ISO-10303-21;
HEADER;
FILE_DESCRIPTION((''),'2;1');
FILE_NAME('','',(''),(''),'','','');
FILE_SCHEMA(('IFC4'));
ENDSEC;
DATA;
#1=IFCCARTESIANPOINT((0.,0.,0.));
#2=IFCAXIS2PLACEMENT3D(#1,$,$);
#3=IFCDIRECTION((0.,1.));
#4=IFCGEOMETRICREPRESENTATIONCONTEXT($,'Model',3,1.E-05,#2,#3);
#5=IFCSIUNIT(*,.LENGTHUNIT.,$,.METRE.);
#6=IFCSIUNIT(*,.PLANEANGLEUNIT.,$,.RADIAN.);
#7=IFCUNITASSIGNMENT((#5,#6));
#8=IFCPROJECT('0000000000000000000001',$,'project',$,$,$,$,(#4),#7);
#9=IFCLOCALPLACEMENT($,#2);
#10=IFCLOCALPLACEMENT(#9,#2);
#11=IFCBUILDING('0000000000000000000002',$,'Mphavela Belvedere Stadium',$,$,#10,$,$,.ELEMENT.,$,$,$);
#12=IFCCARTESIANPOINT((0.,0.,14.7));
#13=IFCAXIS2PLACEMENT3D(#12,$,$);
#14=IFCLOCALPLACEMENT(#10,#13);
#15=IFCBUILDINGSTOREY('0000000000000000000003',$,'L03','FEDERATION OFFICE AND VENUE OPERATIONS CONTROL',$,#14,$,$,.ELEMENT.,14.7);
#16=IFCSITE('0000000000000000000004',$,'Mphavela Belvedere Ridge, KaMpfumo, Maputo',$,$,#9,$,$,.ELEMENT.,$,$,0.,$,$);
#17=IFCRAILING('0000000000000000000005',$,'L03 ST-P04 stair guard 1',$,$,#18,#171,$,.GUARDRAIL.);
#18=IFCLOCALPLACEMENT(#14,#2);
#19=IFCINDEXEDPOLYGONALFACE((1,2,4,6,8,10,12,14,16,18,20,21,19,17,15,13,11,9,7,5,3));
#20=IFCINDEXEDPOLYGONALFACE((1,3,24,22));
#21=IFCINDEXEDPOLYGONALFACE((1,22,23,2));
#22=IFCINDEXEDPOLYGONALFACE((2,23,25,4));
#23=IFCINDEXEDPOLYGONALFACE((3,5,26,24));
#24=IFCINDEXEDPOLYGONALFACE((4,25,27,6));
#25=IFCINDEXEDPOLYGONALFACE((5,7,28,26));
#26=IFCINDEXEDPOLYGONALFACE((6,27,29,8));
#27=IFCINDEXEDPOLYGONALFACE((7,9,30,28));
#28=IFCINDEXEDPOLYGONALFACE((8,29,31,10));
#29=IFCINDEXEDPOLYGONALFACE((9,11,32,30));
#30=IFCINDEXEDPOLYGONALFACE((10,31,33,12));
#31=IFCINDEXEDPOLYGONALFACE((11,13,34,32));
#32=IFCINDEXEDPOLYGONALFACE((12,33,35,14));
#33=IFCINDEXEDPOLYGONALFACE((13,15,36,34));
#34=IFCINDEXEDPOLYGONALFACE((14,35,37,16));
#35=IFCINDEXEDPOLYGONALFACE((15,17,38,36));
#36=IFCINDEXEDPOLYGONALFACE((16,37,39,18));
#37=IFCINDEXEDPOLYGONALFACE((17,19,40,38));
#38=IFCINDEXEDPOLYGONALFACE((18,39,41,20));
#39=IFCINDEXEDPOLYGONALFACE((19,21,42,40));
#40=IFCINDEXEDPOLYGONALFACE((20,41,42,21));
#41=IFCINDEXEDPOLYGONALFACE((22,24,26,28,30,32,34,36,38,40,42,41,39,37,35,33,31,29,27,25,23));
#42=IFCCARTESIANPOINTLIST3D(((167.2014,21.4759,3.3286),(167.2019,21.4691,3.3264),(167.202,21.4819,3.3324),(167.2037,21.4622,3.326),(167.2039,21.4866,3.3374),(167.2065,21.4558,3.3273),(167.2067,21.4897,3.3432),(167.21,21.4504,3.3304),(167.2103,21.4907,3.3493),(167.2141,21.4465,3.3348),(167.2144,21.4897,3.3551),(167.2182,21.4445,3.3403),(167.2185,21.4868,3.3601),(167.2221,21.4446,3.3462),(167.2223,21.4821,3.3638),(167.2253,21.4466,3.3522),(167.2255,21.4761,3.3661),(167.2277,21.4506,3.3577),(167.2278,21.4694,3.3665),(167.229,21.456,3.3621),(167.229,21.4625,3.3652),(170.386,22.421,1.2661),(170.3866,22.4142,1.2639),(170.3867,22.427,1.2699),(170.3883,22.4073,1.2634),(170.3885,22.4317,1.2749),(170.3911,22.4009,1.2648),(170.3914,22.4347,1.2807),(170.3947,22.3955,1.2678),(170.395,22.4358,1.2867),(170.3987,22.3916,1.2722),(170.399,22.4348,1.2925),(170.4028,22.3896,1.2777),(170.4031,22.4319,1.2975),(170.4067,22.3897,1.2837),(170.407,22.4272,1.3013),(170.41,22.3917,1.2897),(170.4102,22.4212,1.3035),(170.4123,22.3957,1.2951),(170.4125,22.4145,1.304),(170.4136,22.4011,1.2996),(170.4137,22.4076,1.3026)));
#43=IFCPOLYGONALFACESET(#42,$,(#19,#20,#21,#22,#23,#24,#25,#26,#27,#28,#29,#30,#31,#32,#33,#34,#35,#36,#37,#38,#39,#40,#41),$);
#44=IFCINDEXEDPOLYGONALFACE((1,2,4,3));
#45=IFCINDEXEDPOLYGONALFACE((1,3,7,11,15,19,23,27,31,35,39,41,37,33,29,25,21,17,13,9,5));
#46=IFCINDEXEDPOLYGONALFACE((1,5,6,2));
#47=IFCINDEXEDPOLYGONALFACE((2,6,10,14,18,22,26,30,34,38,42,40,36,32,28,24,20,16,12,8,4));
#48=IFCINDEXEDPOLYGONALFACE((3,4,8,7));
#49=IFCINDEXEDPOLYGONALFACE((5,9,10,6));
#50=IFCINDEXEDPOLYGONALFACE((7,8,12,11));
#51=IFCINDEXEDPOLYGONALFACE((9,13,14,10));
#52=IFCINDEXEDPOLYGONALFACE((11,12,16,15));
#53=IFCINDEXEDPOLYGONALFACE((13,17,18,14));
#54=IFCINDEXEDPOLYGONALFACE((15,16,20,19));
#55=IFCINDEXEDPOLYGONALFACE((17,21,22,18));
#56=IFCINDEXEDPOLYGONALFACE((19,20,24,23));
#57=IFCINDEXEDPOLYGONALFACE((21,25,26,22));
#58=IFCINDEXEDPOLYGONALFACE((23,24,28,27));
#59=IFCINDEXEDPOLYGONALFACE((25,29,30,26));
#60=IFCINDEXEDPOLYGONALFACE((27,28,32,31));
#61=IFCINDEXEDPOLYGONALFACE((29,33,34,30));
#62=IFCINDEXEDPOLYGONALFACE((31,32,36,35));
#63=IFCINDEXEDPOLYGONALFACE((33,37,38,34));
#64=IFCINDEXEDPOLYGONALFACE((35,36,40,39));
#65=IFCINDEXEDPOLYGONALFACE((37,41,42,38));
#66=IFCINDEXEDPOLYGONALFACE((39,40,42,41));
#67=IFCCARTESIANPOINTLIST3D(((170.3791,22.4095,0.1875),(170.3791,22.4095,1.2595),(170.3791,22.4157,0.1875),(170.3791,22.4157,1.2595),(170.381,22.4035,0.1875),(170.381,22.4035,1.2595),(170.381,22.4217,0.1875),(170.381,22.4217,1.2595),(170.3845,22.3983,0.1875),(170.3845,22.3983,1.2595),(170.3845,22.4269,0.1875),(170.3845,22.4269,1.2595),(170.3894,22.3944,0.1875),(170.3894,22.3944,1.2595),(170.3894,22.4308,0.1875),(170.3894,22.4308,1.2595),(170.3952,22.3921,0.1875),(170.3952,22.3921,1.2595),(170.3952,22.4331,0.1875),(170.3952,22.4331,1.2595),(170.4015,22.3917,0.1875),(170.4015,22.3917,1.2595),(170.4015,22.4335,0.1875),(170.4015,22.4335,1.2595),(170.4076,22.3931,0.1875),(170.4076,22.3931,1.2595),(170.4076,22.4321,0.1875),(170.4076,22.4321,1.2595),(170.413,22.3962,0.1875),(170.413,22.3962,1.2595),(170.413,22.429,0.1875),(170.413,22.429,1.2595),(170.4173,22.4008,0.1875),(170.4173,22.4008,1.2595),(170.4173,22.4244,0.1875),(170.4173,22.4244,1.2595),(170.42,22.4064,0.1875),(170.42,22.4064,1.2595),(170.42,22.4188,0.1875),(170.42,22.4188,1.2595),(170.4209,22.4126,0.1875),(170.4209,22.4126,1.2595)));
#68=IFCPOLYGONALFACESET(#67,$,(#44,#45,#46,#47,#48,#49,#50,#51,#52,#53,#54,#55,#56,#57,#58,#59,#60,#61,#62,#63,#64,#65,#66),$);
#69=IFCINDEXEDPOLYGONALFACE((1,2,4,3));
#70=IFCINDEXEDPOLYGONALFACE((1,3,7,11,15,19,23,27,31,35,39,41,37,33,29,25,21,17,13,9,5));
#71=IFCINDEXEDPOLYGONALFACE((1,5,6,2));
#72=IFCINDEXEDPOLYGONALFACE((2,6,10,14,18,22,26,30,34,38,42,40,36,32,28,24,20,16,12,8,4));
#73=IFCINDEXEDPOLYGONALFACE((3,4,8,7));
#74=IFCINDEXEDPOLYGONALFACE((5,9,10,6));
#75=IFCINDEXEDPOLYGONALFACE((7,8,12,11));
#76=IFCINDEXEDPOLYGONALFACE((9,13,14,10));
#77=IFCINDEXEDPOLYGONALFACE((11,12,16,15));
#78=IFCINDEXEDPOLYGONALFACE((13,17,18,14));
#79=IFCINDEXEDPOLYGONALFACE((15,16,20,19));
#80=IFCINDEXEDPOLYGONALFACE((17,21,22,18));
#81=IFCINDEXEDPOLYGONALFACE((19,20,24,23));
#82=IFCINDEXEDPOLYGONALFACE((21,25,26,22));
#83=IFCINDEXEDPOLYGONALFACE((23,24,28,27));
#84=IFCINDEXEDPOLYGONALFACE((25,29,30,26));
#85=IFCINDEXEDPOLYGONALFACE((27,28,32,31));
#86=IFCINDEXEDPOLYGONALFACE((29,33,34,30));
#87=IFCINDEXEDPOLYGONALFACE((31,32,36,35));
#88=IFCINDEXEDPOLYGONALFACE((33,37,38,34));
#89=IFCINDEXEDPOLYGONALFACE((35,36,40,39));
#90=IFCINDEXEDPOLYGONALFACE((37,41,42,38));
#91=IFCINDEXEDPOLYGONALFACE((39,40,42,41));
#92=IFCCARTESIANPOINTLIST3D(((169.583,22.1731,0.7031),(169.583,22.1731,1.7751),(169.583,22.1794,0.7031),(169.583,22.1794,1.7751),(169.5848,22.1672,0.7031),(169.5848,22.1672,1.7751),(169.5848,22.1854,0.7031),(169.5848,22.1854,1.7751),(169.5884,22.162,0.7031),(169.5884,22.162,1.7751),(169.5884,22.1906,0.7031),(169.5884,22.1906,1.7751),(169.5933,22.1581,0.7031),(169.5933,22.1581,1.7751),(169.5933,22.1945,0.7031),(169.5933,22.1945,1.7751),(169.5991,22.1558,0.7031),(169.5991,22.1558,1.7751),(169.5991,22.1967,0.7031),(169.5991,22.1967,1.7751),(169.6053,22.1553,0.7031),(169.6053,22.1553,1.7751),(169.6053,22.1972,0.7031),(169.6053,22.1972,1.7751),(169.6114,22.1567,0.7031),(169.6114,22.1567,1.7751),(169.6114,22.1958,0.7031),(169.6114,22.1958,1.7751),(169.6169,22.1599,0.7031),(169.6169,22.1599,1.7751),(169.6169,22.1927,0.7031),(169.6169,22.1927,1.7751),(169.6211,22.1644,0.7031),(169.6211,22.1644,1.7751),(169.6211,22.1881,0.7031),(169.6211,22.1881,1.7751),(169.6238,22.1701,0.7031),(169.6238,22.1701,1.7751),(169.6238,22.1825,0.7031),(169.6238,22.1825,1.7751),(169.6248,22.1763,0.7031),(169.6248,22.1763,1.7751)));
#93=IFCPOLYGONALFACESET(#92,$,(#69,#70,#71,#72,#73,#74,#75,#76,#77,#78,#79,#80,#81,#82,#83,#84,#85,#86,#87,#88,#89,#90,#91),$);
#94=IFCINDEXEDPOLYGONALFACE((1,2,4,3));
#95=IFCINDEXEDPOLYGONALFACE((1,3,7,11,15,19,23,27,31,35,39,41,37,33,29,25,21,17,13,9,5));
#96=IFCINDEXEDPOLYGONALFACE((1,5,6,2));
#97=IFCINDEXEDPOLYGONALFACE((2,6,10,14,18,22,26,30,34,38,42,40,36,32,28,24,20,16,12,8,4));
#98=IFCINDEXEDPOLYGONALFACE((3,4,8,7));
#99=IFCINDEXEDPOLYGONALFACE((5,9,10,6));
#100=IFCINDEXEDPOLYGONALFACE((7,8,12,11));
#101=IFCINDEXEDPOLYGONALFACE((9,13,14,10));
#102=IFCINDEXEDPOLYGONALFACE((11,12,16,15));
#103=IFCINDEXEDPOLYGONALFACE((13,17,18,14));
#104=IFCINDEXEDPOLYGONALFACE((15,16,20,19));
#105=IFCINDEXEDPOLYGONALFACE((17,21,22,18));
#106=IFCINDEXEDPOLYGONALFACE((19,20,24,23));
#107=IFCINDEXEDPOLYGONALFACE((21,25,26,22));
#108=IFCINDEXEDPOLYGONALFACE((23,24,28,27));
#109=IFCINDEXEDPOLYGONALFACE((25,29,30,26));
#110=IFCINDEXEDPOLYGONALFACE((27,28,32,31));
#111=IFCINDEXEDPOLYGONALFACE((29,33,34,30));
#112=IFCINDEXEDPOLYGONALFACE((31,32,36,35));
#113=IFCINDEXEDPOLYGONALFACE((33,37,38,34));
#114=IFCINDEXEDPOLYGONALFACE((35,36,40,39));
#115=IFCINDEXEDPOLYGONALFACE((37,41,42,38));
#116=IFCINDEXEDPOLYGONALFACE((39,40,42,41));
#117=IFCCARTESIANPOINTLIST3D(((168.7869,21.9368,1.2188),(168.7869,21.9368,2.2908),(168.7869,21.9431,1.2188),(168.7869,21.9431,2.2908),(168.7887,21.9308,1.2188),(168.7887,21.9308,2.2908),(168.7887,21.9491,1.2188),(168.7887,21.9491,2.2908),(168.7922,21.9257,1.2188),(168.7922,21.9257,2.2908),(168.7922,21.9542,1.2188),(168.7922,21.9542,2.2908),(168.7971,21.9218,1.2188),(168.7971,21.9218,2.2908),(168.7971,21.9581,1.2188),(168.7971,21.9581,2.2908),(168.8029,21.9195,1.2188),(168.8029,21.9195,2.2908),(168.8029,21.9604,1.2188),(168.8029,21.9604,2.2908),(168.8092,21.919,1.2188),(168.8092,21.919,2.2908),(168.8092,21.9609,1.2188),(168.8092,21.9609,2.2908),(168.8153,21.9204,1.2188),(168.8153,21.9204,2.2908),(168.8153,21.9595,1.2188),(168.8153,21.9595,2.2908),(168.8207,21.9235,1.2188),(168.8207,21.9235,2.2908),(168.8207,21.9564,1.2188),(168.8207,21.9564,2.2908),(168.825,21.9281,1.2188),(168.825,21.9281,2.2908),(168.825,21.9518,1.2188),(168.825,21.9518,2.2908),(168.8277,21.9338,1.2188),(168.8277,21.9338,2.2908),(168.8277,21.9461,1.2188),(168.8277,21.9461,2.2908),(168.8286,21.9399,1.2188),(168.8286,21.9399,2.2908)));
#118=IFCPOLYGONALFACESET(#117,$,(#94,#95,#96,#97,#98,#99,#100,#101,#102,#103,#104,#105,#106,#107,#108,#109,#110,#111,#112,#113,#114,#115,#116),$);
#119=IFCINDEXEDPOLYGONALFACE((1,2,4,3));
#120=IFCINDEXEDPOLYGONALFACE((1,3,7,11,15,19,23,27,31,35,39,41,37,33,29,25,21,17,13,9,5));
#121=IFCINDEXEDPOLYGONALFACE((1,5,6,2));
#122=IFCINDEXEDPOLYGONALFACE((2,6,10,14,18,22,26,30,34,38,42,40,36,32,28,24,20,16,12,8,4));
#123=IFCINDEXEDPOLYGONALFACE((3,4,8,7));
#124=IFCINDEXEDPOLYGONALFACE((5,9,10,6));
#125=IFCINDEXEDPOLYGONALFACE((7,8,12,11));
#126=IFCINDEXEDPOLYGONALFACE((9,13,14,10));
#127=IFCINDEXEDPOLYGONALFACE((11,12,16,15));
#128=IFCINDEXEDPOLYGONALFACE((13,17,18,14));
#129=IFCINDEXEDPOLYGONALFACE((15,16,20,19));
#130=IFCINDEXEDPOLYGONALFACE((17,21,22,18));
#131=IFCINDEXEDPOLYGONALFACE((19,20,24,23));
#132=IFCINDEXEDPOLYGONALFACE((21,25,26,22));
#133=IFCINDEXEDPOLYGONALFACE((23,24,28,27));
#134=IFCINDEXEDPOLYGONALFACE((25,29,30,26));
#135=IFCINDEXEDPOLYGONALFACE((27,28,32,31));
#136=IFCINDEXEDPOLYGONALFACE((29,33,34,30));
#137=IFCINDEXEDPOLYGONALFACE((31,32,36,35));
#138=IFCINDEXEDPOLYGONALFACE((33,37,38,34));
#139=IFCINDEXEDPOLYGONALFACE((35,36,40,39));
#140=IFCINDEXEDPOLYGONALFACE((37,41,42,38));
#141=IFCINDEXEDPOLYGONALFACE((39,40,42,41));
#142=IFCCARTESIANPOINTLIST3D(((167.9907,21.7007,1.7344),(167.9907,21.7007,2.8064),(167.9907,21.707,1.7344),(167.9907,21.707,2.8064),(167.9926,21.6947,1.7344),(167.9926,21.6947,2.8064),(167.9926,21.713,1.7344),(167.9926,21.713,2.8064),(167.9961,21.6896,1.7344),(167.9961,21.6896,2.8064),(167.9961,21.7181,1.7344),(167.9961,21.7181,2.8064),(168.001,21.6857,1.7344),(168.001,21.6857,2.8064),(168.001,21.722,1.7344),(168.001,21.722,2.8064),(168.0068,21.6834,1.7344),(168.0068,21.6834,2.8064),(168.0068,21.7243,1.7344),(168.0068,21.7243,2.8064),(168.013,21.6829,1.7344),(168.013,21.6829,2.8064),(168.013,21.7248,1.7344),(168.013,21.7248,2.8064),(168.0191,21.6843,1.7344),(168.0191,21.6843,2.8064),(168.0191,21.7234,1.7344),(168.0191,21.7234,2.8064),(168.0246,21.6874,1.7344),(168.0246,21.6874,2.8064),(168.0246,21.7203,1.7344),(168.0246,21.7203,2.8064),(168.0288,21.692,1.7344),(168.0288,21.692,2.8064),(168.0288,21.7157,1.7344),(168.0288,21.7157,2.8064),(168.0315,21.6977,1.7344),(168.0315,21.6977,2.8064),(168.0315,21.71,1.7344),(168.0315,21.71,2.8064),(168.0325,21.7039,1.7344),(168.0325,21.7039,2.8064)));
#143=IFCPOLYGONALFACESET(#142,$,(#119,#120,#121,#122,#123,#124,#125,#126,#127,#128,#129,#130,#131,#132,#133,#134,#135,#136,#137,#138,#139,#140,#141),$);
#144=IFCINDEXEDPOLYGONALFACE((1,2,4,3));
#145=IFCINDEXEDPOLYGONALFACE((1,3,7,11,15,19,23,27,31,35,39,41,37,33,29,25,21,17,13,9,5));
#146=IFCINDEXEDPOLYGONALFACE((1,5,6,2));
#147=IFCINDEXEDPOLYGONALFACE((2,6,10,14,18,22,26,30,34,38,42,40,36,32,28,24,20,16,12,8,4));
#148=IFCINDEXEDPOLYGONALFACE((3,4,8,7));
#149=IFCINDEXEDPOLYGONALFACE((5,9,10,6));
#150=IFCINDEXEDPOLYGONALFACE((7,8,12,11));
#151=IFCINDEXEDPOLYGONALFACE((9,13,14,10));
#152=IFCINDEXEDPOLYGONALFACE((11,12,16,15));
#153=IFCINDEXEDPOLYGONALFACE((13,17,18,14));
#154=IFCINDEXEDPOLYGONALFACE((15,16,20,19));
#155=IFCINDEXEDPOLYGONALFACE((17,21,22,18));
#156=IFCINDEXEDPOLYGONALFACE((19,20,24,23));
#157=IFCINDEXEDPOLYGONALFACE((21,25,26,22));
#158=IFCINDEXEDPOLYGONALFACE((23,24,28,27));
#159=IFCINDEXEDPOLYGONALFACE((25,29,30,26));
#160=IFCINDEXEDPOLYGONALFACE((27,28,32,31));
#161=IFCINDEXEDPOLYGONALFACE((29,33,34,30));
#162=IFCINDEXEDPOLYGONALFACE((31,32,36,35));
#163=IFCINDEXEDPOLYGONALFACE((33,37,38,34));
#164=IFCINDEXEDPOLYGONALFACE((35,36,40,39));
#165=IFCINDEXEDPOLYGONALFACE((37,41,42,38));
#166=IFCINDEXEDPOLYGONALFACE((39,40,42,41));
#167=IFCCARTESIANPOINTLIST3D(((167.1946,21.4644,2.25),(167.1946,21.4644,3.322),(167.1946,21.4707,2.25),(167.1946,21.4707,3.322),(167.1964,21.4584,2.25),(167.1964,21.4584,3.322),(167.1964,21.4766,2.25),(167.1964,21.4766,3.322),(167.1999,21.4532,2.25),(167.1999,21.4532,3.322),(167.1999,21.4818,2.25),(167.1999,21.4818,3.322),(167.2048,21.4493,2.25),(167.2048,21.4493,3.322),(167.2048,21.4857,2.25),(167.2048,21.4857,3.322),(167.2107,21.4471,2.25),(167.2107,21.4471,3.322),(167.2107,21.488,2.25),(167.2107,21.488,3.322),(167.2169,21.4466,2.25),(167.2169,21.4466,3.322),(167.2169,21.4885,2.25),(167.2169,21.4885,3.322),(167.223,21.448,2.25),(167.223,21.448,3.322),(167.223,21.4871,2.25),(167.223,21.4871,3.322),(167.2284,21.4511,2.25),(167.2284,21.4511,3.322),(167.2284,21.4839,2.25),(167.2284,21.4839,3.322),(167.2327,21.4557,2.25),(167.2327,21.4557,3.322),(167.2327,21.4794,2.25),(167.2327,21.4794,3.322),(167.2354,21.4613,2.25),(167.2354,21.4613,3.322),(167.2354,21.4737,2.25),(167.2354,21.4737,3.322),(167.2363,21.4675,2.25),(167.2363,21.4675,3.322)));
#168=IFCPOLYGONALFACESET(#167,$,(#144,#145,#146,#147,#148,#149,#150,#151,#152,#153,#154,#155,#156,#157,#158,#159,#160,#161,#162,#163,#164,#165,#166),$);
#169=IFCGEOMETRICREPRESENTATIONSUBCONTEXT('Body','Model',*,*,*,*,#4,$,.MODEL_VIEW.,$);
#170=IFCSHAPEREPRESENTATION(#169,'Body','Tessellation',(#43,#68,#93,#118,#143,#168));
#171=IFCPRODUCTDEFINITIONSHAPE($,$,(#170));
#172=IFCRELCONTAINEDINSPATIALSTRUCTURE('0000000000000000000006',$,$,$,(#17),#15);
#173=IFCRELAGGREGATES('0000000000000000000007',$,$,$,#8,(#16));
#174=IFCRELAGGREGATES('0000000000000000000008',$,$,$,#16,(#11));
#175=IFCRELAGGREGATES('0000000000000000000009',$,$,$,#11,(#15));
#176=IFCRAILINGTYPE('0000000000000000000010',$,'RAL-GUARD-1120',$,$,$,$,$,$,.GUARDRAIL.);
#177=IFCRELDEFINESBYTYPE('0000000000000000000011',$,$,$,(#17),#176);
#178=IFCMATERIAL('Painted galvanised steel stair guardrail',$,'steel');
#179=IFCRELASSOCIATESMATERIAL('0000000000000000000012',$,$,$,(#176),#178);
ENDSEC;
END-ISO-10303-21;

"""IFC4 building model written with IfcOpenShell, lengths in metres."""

from ifc_helpers import new_model, si_unit, direction, frame, origin, origin_2d, place, context, subcontext, project, spatial, circle, extrude, material, type_object, element, save


model = new_model("IFC4")

# Units and contexts
model_context = context("Model", 3, precision=1e-05, world=origin(), true_north=direction((0.0, 1.0)))
body_context = subcontext(model_context, "Body", "Model", "MODEL_VIEW")
ifc_project = project(units=[si_unit("LENGTHUNIT", "METRE"), si_unit("PLANEANGLEUNIT", "RADIAN")], contexts=[model_context])

# Site, building, storey
site_placement = place(None, origin())
site = spatial("IfcSite", under=ifc_project, at=site_placement, Name="Mphavela Belvedere Ridge, KaMpfumo, Maputo", CompositionType="ELEMENT", RefElevation=0.0)
building_placement = place(site_placement, origin())
building = spatial("IfcBuilding", under=site, at=building_placement, Name="Mphavela Belvedere Stadium", CompositionType="ELEMENT")
storey_placement = place(building_placement, frame((0.0, 0.0, 14.7)))
storey = spatial("IfcBuildingStorey", under=building, at=storey_placement, Name="L03", Description="FEDERATION OFFICE AND VENUE OPERATIONS CONTROL", CompositionType="ELEMENT", Elevation=14.7)

# Railing
ifc_material_1 = material(Name="Painted galvanised steel stair guardrail", Category="steel")
railing_type_1 = type_object("IfcRailingType", Name="RAL-GUARD-1120", PredefinedType="GUARDRAIL", material=ifc_material_1)
railing_1_placement = place(storey_placement, frame((170.3999, 22.4126, 0.1875)))
element("IfcRailing", 1, at=railing_1_placement, inside=storey, type_object=railing_type_1, Name="L03 ST-P04 stair guard 1", PredefinedType="GUARDRAIL", context=body_context, shape_type="SweptSolid", body=[
    extrude(circle(Radius=0.0239, at=origin_2d()), frame((0.0, 0.0, 1.0962), z_axis=(-0.814456, -0.241702, 0.527486), x_axis=(0.284501, -0.958676, 0.0)), (0.0, 0.0, 1.0), 3.9102),
    extrude(circle(Radius=0.021, at=origin_2d()), origin(), (0.0, 0.0, 1.0), 1.072),
    extrude(circle(Radius=0.021, at=origin_2d()), frame((-0.7961, -0.2363, 0.5156)), (0.0, 0.0, 1.0), 1.072),
    extrude(circle(Radius=0.021, at=origin_2d()), frame((-1.5923, -0.4727, 1.0312)), (0.0, 0.0, 1.0), 1.072),
    extrude(circle(Radius=0.021, at=origin_2d()), frame((-2.3884, -0.7087, 1.5469)), (0.0, 0.0, 1.0), 1.072),
    extrude(circle(Radius=0.021, at=origin_2d()), frame((-3.1846, -0.9451, 2.0625)), (0.0, 0.0, 1.0), 1.072),
])

save(model, "model.ifc")
